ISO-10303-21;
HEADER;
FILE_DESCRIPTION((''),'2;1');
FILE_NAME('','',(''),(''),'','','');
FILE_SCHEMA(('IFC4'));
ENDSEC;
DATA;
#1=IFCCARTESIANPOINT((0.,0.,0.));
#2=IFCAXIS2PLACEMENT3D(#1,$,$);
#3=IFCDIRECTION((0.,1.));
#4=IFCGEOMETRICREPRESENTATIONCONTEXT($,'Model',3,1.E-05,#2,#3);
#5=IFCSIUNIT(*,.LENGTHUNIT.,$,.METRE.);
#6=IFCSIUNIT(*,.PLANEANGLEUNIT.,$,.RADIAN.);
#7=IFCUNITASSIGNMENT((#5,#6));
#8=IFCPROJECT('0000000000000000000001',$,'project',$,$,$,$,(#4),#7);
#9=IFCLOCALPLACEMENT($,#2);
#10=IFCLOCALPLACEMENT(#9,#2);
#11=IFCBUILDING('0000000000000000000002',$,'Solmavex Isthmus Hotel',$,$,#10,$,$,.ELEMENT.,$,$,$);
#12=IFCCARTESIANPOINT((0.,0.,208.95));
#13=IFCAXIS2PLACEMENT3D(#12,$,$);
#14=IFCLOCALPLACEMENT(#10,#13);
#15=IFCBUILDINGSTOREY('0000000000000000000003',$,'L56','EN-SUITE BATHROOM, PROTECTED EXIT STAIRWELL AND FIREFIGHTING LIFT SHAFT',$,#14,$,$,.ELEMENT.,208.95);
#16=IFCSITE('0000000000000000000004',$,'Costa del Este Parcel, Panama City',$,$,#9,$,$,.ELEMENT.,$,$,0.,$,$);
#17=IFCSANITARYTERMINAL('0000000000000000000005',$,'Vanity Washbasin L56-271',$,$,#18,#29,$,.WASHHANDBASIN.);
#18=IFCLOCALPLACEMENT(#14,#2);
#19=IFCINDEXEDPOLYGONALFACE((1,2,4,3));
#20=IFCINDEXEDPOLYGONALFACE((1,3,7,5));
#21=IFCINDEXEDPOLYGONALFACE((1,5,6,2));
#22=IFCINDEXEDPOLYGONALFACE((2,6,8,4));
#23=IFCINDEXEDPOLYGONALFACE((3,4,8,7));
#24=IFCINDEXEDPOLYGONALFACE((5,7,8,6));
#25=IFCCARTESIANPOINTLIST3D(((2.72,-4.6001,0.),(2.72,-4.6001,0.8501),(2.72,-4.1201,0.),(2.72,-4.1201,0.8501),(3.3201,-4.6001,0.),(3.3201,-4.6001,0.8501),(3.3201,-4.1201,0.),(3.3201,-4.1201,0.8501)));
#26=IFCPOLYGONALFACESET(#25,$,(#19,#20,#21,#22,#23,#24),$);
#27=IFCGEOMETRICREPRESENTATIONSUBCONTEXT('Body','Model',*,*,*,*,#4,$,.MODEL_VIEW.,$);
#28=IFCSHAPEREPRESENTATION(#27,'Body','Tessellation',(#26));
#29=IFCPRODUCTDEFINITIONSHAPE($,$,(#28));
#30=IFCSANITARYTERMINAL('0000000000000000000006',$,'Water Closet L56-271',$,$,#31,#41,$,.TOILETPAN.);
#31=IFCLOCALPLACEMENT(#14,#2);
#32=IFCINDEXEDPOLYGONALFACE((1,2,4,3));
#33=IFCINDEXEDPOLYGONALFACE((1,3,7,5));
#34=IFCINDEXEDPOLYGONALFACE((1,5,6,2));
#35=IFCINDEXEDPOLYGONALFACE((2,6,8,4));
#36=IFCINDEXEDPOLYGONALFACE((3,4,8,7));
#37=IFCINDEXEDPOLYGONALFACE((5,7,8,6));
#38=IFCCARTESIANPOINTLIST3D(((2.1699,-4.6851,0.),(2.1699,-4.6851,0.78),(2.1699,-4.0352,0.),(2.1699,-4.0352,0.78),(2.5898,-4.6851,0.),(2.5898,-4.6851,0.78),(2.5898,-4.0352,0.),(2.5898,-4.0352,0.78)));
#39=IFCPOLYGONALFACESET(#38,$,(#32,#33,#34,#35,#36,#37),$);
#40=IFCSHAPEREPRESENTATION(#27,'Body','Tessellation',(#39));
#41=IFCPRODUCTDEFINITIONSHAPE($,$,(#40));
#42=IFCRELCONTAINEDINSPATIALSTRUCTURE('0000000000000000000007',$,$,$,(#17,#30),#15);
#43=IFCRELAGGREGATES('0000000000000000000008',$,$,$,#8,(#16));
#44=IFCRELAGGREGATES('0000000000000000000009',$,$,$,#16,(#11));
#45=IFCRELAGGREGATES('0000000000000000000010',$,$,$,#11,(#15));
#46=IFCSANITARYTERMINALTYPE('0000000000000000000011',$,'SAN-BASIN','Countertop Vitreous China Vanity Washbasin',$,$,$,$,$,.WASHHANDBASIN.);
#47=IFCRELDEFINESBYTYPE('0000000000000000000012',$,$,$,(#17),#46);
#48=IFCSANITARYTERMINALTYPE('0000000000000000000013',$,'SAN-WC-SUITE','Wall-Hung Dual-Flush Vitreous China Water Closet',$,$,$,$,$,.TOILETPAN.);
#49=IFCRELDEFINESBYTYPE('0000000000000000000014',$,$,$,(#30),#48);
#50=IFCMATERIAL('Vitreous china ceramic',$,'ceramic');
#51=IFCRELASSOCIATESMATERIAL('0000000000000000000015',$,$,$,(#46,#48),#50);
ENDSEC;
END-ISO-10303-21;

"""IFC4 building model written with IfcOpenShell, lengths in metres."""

from ifc_helpers import new_model, si_unit, direction, frame, origin, origin_2d, place, context, subcontext, project, spatial, rectangle, extrude, material, type_object, element, save


model = new_model("IFC4")

# Units and contexts
model_context = context("Model", 3, precision=1e-05, world=origin(), true_north=direction((0.0, 1.0)))
body_context = subcontext(model_context, "Body", "Model", "MODEL_VIEW")
ifc_project = project(units=[si_unit("LENGTHUNIT", "METRE"), si_unit("PLANEANGLEUNIT", "RADIAN")], contexts=[model_context])

# Site, building, storey
site_placement = place(None, origin())
site = spatial("IfcSite", under=ifc_project, at=site_placement, Name="Costa del Este Parcel, Panama City", CompositionType="ELEMENT", RefElevation=0.0)
building_placement = place(site_placement, origin())
building = spatial("IfcBuilding", under=site, at=building_placement, Name="Solmavex Isthmus Hotel", CompositionType="ELEMENT")
storey_placement = place(building_placement, frame((0.0, 0.0, 208.95)))
storey = spatial("IfcBuildingStorey", under=building, at=storey_placement, Name="L56", Description="EN-SUITE BATHROOM, PROTECTED EXIT STAIRWELL AND FIREFIGHTING LIFT SHAFT", CompositionType="ELEMENT", Elevation=208.95)

# Sanitary terminals
ifc_material_1 = material(Name="Vitreous china ceramic", Category="ceramic")
sanitary_terminal_type_1 = type_object("IfcSanitaryTerminalType", Name="SAN-BASIN", Description="Countertop Vitreous China Vanity Washbasin", PredefinedType="WASHHANDBASIN", material=ifc_material_1)
sanitary_terminal_1_placement = place(storey_placement, frame((3.02, -4.3601, 0.0), z_axis=(0.0, 0.0, 1.0), x_axis=(1.0, 0.0, 0.0)))
element("IfcSanitaryTerminal", 1, at=sanitary_terminal_1_placement, inside=storey, type_object=sanitary_terminal_type_1, Name="Vanity Washbasin L56-271", PredefinedType="WASHHANDBASIN", context=body_context, shape_type="SweptSolid", body=[
    extrude(rectangle(XDim=0.6001, YDim=0.48, at=origin_2d()), origin(), (0.0, 0.0, 1.0), 0.8501),
])
sanitary_terminal_type_2 = type_object("IfcSanitaryTerminalType", Name="SAN-WC-SUITE", Description="Wall-Hung Dual-Flush Vitreous China Water Closet", PredefinedType="TOILETPAN", material=ifc_material_1)
sanitary_terminal_2_placement = place(storey_placement, frame((2.3799, -4.3601, 0.0), z_axis=(0.0, 0.0, 1.0), x_axis=(1.0, 0.0, 0.0)))
element("IfcSanitaryTerminal", 2, at=sanitary_terminal_2_placement, inside=storey, type_object=sanitary_terminal_type_2, Name="Water Closet L56-271", PredefinedType="TOILETPAN", context=body_context, shape_type="SweptSolid", body=[
    extrude(rectangle(XDim=0.4199, YDim=0.6499, at=origin_2d()), origin(), (0.0, 0.0, 1.0), 0.78),
])

save(model, "model.ifc")
